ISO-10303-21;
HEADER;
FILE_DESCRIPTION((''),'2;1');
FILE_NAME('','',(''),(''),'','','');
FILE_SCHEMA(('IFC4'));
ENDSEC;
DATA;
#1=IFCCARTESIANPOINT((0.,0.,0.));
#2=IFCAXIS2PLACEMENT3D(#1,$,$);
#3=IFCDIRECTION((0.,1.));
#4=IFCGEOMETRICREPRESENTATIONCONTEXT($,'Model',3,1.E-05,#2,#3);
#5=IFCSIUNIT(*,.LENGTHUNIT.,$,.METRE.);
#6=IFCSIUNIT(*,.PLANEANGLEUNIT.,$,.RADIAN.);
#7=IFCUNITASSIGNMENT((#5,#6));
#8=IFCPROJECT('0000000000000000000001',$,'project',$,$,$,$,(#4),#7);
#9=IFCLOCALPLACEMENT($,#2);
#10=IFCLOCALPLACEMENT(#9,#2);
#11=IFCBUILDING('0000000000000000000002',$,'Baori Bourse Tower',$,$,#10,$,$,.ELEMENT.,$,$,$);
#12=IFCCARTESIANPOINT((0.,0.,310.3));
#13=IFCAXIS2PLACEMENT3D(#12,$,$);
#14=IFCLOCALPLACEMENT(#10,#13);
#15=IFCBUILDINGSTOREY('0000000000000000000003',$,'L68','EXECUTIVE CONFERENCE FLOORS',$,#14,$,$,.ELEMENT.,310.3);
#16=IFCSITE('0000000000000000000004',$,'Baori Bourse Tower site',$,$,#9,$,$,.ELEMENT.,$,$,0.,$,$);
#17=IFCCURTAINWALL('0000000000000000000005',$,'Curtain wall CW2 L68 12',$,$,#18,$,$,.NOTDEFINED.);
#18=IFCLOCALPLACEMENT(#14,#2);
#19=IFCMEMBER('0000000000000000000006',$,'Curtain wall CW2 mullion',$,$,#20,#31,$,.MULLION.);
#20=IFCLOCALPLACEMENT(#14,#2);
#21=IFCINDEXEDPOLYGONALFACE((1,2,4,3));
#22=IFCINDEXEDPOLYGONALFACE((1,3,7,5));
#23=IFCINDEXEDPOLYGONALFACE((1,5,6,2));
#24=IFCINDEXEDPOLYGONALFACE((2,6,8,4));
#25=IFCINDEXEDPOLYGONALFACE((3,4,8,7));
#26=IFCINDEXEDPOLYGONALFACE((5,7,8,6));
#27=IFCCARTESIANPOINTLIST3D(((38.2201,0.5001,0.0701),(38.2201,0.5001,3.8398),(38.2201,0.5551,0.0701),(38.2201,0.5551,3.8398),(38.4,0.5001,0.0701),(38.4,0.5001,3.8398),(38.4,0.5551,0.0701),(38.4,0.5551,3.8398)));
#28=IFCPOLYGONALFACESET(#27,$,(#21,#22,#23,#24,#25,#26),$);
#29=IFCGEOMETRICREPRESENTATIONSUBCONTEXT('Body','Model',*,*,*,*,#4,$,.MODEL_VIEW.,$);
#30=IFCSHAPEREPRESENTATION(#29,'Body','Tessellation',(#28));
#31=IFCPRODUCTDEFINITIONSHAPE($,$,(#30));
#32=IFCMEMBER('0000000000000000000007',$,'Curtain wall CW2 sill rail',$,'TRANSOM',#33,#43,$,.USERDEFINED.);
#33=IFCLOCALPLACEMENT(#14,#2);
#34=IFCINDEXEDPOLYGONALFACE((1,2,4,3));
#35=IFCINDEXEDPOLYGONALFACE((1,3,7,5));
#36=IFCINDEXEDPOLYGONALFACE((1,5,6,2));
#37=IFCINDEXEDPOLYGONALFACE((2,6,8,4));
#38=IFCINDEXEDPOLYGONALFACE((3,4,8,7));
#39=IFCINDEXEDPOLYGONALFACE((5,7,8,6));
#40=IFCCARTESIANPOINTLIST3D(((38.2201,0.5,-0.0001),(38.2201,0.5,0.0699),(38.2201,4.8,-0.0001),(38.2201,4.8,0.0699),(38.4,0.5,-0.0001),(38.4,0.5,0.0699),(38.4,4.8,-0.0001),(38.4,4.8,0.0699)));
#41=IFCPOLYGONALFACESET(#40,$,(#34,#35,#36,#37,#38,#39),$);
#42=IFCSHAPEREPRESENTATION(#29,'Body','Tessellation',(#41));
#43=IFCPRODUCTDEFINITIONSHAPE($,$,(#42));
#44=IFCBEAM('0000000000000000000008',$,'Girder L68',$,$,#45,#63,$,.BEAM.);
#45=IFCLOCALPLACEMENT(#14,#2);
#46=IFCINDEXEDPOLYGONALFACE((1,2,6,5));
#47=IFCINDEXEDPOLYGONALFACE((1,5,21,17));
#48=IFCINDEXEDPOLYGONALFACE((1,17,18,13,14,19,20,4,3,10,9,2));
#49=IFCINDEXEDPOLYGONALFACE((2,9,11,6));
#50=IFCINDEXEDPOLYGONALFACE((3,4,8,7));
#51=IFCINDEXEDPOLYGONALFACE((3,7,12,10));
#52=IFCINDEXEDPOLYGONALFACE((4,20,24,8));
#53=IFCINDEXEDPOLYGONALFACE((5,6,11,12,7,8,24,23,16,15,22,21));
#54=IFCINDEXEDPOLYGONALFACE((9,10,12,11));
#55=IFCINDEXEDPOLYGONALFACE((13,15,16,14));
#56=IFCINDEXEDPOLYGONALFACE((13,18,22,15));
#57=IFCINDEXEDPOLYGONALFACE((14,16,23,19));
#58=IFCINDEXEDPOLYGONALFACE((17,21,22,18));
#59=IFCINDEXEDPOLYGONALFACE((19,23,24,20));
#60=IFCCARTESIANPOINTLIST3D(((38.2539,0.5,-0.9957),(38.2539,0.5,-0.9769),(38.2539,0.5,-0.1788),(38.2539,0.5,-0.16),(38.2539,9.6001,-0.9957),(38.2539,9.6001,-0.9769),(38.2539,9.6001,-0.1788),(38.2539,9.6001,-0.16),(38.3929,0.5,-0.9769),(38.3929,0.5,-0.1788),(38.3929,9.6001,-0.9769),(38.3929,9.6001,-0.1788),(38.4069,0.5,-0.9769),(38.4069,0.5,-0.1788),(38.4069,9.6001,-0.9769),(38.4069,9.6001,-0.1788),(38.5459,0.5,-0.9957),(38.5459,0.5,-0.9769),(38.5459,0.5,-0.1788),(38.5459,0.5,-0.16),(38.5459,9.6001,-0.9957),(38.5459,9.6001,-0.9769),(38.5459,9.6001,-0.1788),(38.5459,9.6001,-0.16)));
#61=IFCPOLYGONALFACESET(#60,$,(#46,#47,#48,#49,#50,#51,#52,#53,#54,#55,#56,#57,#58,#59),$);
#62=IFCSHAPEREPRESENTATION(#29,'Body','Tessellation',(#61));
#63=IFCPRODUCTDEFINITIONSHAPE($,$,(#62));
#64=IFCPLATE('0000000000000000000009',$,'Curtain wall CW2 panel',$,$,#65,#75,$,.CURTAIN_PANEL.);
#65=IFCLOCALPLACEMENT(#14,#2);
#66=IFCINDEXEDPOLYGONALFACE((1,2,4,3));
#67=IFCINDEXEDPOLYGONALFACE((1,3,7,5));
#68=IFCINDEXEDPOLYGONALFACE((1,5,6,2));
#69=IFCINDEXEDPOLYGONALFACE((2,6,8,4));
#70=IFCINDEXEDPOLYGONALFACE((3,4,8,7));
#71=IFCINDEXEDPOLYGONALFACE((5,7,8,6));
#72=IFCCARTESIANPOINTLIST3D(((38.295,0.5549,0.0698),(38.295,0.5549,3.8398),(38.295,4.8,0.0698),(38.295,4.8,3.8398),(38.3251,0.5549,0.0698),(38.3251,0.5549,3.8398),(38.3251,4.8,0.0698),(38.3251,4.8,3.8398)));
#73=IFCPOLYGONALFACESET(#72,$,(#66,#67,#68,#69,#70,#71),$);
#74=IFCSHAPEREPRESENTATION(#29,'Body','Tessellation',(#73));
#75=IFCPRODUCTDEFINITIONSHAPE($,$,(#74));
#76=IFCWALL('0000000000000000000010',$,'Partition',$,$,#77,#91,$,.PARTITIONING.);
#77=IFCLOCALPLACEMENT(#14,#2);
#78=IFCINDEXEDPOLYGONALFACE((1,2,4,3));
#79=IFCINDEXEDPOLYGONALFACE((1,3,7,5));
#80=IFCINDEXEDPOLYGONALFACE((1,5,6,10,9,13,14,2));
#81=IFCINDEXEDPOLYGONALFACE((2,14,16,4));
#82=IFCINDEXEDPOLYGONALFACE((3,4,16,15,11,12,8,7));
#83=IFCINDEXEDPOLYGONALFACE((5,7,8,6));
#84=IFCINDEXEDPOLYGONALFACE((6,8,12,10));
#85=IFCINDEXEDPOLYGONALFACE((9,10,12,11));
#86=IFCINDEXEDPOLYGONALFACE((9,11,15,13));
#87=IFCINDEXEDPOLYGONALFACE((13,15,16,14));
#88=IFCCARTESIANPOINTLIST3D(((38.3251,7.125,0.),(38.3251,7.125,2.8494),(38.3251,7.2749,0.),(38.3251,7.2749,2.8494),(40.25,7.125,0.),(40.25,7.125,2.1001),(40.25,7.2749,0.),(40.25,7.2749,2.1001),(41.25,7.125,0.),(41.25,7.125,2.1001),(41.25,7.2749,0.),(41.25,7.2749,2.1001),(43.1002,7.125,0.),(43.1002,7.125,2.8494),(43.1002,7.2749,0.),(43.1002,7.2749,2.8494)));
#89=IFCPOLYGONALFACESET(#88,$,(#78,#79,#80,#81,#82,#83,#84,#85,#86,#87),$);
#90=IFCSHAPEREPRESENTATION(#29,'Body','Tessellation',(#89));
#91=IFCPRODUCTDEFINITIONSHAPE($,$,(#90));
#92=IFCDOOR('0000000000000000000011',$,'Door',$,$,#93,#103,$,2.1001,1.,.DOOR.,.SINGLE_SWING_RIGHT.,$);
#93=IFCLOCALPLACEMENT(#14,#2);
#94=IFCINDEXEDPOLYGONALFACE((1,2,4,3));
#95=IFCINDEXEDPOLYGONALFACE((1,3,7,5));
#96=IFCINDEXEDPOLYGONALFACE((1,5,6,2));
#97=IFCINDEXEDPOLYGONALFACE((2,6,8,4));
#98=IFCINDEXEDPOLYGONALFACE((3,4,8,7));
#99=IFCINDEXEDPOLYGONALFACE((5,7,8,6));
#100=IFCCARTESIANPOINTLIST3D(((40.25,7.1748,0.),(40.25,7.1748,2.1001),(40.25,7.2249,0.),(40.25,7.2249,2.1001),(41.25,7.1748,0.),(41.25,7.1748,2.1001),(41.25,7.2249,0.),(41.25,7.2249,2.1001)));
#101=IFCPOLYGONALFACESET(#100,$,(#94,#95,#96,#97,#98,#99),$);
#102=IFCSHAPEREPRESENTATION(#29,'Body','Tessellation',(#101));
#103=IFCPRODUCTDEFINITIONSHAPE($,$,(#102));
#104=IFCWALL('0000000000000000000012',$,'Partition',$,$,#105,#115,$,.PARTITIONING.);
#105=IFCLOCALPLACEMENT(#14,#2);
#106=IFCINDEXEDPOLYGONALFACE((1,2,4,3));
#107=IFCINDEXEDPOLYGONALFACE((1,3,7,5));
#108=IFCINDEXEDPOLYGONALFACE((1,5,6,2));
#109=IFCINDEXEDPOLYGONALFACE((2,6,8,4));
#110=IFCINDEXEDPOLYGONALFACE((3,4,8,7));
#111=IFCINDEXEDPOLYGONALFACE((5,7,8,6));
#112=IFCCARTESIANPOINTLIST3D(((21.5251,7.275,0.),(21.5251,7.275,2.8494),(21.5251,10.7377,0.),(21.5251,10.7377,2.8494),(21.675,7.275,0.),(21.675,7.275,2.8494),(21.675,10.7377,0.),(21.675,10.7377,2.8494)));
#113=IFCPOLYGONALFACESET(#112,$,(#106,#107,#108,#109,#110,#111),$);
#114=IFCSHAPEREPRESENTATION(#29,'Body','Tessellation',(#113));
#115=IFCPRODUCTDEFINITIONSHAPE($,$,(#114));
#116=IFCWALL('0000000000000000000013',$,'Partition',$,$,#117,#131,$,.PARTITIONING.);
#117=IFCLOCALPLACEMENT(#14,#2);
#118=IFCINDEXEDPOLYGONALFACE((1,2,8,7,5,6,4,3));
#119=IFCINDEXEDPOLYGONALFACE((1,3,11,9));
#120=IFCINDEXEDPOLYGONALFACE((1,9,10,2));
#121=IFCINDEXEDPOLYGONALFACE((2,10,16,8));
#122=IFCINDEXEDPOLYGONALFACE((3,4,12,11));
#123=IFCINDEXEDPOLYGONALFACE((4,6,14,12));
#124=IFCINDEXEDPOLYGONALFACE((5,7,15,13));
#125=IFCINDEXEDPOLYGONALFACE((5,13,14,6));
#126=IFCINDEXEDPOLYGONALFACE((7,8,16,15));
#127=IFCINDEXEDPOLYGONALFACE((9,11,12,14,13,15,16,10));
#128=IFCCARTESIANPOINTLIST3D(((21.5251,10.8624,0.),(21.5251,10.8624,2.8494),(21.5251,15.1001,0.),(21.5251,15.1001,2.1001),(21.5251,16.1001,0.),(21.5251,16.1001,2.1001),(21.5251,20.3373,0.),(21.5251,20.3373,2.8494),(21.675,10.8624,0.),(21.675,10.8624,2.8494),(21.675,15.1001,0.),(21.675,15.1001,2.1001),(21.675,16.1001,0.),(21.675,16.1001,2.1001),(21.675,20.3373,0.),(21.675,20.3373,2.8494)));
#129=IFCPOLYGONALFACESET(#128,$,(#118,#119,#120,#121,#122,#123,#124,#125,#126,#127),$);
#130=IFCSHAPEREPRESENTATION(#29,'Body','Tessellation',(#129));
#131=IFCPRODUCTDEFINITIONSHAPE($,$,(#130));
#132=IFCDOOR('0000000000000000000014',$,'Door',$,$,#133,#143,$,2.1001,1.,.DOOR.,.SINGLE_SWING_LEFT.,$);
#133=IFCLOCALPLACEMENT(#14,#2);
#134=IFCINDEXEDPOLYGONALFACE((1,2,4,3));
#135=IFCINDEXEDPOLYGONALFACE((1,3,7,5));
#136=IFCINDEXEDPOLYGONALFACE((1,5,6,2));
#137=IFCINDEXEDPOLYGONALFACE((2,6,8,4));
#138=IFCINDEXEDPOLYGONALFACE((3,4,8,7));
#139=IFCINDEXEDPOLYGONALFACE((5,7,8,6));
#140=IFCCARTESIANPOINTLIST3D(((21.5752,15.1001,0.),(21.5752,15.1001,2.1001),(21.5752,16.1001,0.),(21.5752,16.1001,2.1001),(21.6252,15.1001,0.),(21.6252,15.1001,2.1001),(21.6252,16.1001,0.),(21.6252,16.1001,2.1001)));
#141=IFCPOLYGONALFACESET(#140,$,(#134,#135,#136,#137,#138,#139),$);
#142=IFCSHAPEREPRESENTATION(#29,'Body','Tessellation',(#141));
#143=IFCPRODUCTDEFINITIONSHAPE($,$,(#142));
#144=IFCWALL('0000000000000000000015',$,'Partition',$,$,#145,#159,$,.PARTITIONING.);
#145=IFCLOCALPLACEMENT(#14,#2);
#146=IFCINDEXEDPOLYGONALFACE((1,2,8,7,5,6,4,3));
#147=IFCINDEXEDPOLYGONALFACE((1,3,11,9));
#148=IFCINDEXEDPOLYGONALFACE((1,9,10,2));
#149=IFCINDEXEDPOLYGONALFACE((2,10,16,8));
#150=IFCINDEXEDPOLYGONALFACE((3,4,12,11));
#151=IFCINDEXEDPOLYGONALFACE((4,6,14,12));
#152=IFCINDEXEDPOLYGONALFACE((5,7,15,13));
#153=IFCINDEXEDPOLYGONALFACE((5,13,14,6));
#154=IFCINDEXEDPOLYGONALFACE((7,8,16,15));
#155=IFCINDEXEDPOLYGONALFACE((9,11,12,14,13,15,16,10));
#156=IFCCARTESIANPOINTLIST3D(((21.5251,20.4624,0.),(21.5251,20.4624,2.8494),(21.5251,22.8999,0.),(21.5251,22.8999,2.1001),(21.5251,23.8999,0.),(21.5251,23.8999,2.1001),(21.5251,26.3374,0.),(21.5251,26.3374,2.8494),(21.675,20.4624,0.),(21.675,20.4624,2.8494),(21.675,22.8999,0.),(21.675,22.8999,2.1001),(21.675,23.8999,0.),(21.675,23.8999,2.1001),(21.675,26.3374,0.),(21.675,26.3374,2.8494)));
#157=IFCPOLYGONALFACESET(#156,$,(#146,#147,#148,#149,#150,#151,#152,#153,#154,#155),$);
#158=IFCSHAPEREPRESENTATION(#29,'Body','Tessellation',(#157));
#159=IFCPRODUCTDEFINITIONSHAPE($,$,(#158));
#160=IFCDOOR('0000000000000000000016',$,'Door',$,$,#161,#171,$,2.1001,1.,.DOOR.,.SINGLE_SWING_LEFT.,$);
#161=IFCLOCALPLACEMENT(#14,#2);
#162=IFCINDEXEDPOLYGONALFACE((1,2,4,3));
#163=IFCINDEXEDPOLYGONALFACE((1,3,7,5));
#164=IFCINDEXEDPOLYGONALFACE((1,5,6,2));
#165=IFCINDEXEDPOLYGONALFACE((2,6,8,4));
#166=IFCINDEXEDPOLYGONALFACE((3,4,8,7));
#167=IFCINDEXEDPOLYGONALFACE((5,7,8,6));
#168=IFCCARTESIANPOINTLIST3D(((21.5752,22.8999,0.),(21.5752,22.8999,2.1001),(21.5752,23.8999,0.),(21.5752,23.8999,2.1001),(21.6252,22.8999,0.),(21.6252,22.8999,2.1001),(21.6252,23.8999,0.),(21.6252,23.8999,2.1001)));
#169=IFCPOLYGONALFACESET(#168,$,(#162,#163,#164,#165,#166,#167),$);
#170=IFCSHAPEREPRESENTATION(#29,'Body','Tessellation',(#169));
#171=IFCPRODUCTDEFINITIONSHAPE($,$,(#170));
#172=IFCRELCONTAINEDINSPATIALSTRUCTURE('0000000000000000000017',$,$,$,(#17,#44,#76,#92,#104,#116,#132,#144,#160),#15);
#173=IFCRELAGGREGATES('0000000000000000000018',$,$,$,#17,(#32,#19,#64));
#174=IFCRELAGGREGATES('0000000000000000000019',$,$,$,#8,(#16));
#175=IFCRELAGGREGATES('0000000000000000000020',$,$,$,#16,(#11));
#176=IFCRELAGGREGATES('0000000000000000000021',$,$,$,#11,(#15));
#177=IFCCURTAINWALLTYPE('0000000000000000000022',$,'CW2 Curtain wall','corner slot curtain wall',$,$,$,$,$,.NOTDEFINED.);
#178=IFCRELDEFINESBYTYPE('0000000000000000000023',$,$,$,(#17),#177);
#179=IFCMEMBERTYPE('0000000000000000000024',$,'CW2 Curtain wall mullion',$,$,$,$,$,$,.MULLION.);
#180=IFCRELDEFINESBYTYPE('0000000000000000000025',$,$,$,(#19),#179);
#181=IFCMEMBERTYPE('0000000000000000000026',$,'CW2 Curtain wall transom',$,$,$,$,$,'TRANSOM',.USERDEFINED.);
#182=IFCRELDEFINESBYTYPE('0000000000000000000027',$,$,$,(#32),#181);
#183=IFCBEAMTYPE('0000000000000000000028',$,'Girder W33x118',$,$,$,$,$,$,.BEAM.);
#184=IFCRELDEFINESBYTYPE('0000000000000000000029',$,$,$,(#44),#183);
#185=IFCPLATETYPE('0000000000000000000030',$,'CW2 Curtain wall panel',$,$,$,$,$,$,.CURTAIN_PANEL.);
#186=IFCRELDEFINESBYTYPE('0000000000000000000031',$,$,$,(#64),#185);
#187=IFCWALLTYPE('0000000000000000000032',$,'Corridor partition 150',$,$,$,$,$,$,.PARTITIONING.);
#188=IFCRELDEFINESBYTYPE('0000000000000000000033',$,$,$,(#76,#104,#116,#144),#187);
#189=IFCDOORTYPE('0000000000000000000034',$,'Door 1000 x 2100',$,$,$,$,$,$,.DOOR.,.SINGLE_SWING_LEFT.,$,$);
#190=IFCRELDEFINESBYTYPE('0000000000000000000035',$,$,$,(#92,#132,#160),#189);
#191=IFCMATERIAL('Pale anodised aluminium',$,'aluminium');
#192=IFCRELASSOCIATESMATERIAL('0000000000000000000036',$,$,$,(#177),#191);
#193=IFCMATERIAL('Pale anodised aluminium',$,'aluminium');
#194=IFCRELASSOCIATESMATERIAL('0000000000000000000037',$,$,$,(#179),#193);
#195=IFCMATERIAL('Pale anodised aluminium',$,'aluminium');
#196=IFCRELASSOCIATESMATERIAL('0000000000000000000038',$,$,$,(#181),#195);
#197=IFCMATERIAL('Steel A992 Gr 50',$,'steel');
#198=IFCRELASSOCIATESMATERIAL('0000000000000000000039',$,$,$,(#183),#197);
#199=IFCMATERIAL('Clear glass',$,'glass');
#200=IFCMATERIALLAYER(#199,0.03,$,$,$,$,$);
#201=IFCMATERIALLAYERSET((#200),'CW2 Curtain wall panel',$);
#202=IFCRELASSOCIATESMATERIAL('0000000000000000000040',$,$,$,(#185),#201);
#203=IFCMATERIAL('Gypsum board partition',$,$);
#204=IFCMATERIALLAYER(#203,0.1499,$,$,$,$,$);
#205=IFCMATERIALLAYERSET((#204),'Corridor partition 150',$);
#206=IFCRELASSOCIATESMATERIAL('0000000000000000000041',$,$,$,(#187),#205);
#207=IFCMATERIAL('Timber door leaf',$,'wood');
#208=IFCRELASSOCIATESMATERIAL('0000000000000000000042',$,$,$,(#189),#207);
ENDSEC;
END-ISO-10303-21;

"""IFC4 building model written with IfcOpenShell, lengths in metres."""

from ifc_helpers import new_model, si_unit, direction, frame, frame_2d, origin, origin_2d, place, context, subcontext, project, spatial, rectangle, i_section, extrude, material, layer, layer_set, material_profile, profile_set, type_object, element, fill, aggregate, save


model = new_model("IFC4")

# Units and contexts
model_context = context("Model", 3, precision=1e-05, world=origin(), true_north=direction((0.0, 1.0)))
body_context = subcontext(model_context, "Body", "Model", "MODEL_VIEW")
ifc_project = project(units=[si_unit("LENGTHUNIT", "METRE"), si_unit("PLANEANGLEUNIT", "RADIAN")], contexts=[model_context])

# Site, building, storey
site_placement = place(None, origin())
site = spatial("IfcSite", under=ifc_project, at=site_placement, Name="Baori Bourse Tower site", CompositionType="ELEMENT", RefElevation=0.0)
building_placement = place(site_placement, origin())
building = spatial("IfcBuilding", under=site, at=building_placement, Name="Baori Bourse Tower", CompositionType="ELEMENT")
storey_placement = place(building_placement, frame((0.0, 0.0, 310.3)))
storey = spatial("IfcBuildingStorey", under=building, at=storey_placement, Name="L68", Description="EXECUTIVE CONFERENCE FLOORS", CompositionType="ELEMENT", Elevation=310.3)

# Curtain wall, members
ifc_material_1 = material(Name="Pale anodised aluminium", Category="aluminium")
curtain_wall_type = type_object("IfcCurtainWallType", Name="CW2 Curtain wall", Description="corner slot curtain wall", PredefinedType="NOTDEFINED", material=ifc_material_1)
curtain_wall_placement = place(storey_placement, origin())
curtain_wall = element("IfcCurtainWall", 1, at=curtain_wall_placement, inside=storey, type_object=curtain_wall_type, Name="Curtain wall CW2 L68 12", PredefinedType="NOTDEFINED")
ifc_material_2 = material(Name="Pale anodised aluminium", Category="aluminium")
ifc_material_profile_1 = material_profile(ifc_material_2, rectangle(XDim=0.1799, YDim=0.0549, at=origin_2d()), Name="Mullion 55x180")
ifc_profile_set_1 = profile_set([ifc_material_profile_1], Name="Pale anodised aluminium")
member_type_1 = type_object("IfcMemberType", Name="CW2 Curtain wall mullion", PredefinedType="MULLION", material=ifc_profile_set_1)
member_1_placement = place(storey_placement, frame((38.3101, 0.5276, 0.0701), z_axis=(0.0, 0.0, 1.0), x_axis=(-1.0, 0.0, 0.0)))
member_1 = element("IfcMember", 2, at=member_1_placement, type_object=member_type_1, Name="Curtain wall CW2 mullion", PredefinedType="MULLION", context=body_context, shape_type="SweptSolid", body=[
    extrude(rectangle(XDim=0.1799, YDim=0.0549, at=origin_2d()), origin(), (0.0, 0.0, 1.0), 3.7698),
])
ifc_material_3 = material(Name="Pale anodised aluminium", Category="aluminium")
ifc_material_profile_2 = material_profile(ifc_material_3, rectangle(XDim=0.1799, YDim=0.0701, at=origin_2d()), Name="Transom 70x180")
ifc_profile_set_2 = profile_set([ifc_material_profile_2], Name="Pale anodised aluminium")
member_type_2 = type_object("IfcMemberType", Name="CW2 Curtain wall transom", ElementType="TRANSOM", PredefinedType="USERDEFINED", material=ifc_profile_set_2)
member_2_placement = place(storey_placement, frame((38.3101, 0.5, 0.0349), z_axis=(0.0, 1.0, 0.0), x_axis=(-1.0, 0.0, 0.0)))
member_2 = element("IfcMember", 3, at=member_2_placement, type_object=member_type_2, Name="Curtain wall CW2 sill rail", ObjectType="TRANSOM", PredefinedType="USERDEFINED", context=body_context, shape_type="SweptSolid", body=[
    extrude(rectangle(XDim=0.1799, YDim=0.0701, at=origin_2d()), origin(), (0.0, 0.0, 1.0), 4.3),
])

# Beam
ifc_material_4 = material(Name="Steel A992 Gr 50", Category="steel")
ifc_material_profile_3 = material_profile(ifc_material_4, i_section(OverallWidth=0.292, OverallDepth=0.8357, WebThickness=0.0139, FlangeThickness=0.0188, at=origin_2d()), Name="W33x118")
ifc_profile_set_3 = profile_set([ifc_material_profile_3], Name="Steel A992 Gr 50")
beam_type = type_object("IfcBeamType", Name="Girder W33x118", PredefinedType="BEAM", material=ifc_profile_set_3)
beam_placement = place(storey_placement, frame((38.3999, 0.5, -0.5779), z_axis=(0.0, 1.0, 0.0), x_axis=(-1.0, 0.0, 0.0)))
element("IfcBeam", 4, at=beam_placement, inside=storey, type_object=beam_type, Name="Girder L68", PredefinedType="BEAM", context=body_context, shape_type="SweptSolid", body=[
    extrude(i_section(OverallWidth=0.292, OverallDepth=0.8357, WebThickness=0.0139, FlangeThickness=0.0188, at=origin_2d()), origin(), (0.0, 0.0, 1.0), 9.1001),
])

# Plate
ifc_material_5 = material(Name="Clear glass", Category="glass")
ifc_layer_1 = layer(ifc_material_5, 0.03)
ifc_layer_set_1 = layer_set([ifc_layer_1], Name="CW2 Curtain wall panel")
plate_type = type_object("IfcPlateType", Name="CW2 Curtain wall panel", PredefinedType="CURTAIN_PANEL", material=ifc_layer_set_1)
plate_placement = place(storey_placement, frame((38.3101, 2.6775, 0.0698), z_axis=(0.0, 0.0, 1.0), x_axis=(0.0, 1.0, 0.0)))
plate = element("IfcPlate", 5, at=plate_placement, type_object=plate_type, Name="Curtain wall CW2 panel", PredefinedType="CURTAIN_PANEL", context=body_context, shape_type="SweptSolid", body=[
    extrude(rectangle(XDim=4.2451, YDim=0.03, at=origin_2d()), origin(), (0.0, 0.0, 1.0), 3.77),
])
aggregate(curtain_wall, [member_2, member_1, plate])

# Wall, opening, door
ifc_material_6 = material(Name="Gypsum board partition")
ifc_layer_2 = layer(ifc_material_6, 0.1499)
ifc_layer_set_2 = layer_set([ifc_layer_2], Name="Corridor partition 150")
wall_type_1 = type_object("IfcWallType", Name="Corridor partition 150", PredefinedType="PARTITIONING", material=ifc_layer_set_2)
wall_1_placement = place(storey_placement, frame((38.325, 7.2, 0.0), z_axis=(0.0, 0.0, 1.0), x_axis=(1.0, 0.0, 0.0)))
wall_1 = element("IfcWall", 6, at=wall_1_placement, inside=storey, type_object=wall_type_1, Name="Partition", PredefinedType="PARTITIONING", context=body_context, shape_type="SweptSolid", body=[
    extrude(rectangle(XDim=4.7751, YDim=0.1499, at=frame_2d((2.3877, 0.0))), origin(), (0.0, 0.0, 1.0), 2.8494),
])
opening_1_placement = place(wall_1_placement, frame((1.925, 0.0, 0.0)))
opening_1 = element("IfcOpeningElement", 7, at=opening_1_placement, cuts=wall_1, PredefinedType="OPENING", context=body_context, shape_type="SweptSolid", body=[
    extrude(rectangle(XDim=1.0, YDim=2.1001, at=frame_2d((0.5, 1.05))), frame((0.0, 0.085, 0.0), z_axis=(0.0, -1.0, 0.0), x_axis=(1.0, 0.0, 0.0)), (0.0, 0.0, 1.0), 0.1699),
])
ifc_material_7 = material(Name="Timber door leaf", Category="wood")
door_type = type_object("IfcDoorType", Name="Door 1000 x 2100", OperationType="SINGLE_SWING_LEFT", PredefinedType="DOOR", material=ifc_material_7)
door_1_placement = place(opening_1_placement, origin())
door_1 = element("IfcDoor", 8, at=door_1_placement, inside=storey, type_object=door_type, Name="Door", OperationType="SINGLE_SWING_RIGHT", OverallHeight=2.1001, OverallWidth=1.0, PredefinedType="DOOR", context=body_context, shape_type="SweptSolid", body=[
    extrude(rectangle(XDim=1.0, YDim=2.1001, at=frame_2d((0.5, 1.05))), frame((0.0, 0.0249, 0.0), z_axis=(0.0, -1.0, 0.0), x_axis=(1.0, 0.0, 0.0)), (0.0, 0.0, 1.0), 0.05),
])
fill(opening_1, door_1)

# Wall
wall_2_placement = place(storey_placement, frame((21.6001, 7.2749, 0.0), z_axis=(0.0, 0.0, 1.0), x_axis=(0.0, 1.0, 0.0)))
element("IfcWall", 9, at=wall_2_placement, inside=storey, type_object=wall_type_1, Name="Partition", PredefinedType="PARTITIONING", context=body_context, shape_type="SweptSolid", body=[
    extrude(rectangle(XDim=3.4626, YDim=0.1499, at=frame_2d((1.7314, 0.0))), origin(), (0.0, 0.0, 1.0), 2.8494),
])

# Walls, openings, doors
wall_3_placement = place(storey_placement, frame((21.6001, 10.8625, 0.0), z_axis=(0.0, 0.0, 1.0), x_axis=(0.0, 1.0, 0.0)))
wall_3 = element("IfcWall", 10, at=wall_3_placement, inside=storey, type_object=wall_type_1, Name="Partition", PredefinedType="PARTITIONING", context=body_context, shape_type="SweptSolid", body=[
    extrude(rectangle(XDim=9.4749, YDim=0.1499, at=frame_2d((4.7373, 0.0))), origin(), (0.0, 0.0, 1.0), 2.8494),
])
opening_2_placement = place(wall_3_placement, frame((4.2375, 0.0, 0.0)))
opening_2 = element("IfcOpeningElement", 11, at=opening_2_placement, cuts=wall_3, PredefinedType="OPENING", context=body_context, shape_type="SweptSolid", body=[
    extrude(rectangle(XDim=1.0, YDim=2.1001, at=frame_2d((0.5, 1.05))), frame((0.0, 0.085, 0.0), z_axis=(0.0, -1.0, 0.0), x_axis=(1.0, 0.0, 0.0)), (0.0, 0.0, 1.0), 0.1699),
])
door_2_placement = place(opening_2_placement, origin())
door_2 = element("IfcDoor", 12, at=door_2_placement, inside=storey, type_object=door_type, Name="Door", OperationType="SINGLE_SWING_LEFT", OverallHeight=2.1001, OverallWidth=1.0, PredefinedType="DOOR", context=body_context, shape_type="SweptSolid", body=[
    extrude(rectangle(XDim=1.0, YDim=2.1001, at=frame_2d((0.5, 1.05))), frame((0.0, 0.0249, 0.0), z_axis=(0.0, -1.0, 0.0), x_axis=(1.0, 0.0, 0.0)), (0.0, 0.0, 1.0), 0.05),
])
fill(opening_2, door_2)
wall_4_placement = place(storey_placement, frame((21.6001, 20.4624, 0.0), z_axis=(0.0, 0.0, 1.0), x_axis=(0.0, 1.0, 0.0)))
wall_4 = element("IfcWall", 13, at=wall_4_placement, inside=storey, type_object=wall_type_1, Name="Partition", PredefinedType="PARTITIONING", context=body_context, shape_type="SweptSolid", body=[
    extrude(rectangle(XDim=5.875, YDim=0.1499, at=frame_2d((2.9375, 0.0))), origin(), (0.0, 0.0, 1.0), 2.8494),
])
opening_3_placement = place(wall_4_placement, frame((2.4375, 0.0, 0.0)))
opening_3 = element("IfcOpeningElement", 14, at=opening_3_placement, cuts=wall_4, PredefinedType="OPENING", context=body_context, shape_type="SweptSolid", body=[
    extrude(rectangle(XDim=1.0, YDim=2.1001, at=frame_2d((0.5, 1.05))), frame((0.0, 0.085, 0.0), z_axis=(0.0, -1.0, 0.0), x_axis=(1.0, 0.0, 0.0)), (0.0, 0.0, 1.0), 0.1699),
])
door_3_placement = place(opening_3_placement, origin())
door_3 = element("IfcDoor", 15, at=door_3_placement, inside=storey, type_object=door_type, Name="Door", OperationType="SINGLE_SWING_LEFT", OverallHeight=2.1001, OverallWidth=1.0, PredefinedType="DOOR", context=body_context, shape_type="SweptSolid", body=[
    extrude(rectangle(XDim=1.0, YDim=2.1001, at=frame_2d((0.5, 1.05))), frame((0.0, 0.0249, 0.0), z_axis=(0.0, -1.0, 0.0), x_axis=(1.0, 0.0, 0.0)), (0.0, 0.0, 1.0), 0.05),
])
fill(opening_3, door_3)

save(model, "model.ifc")
